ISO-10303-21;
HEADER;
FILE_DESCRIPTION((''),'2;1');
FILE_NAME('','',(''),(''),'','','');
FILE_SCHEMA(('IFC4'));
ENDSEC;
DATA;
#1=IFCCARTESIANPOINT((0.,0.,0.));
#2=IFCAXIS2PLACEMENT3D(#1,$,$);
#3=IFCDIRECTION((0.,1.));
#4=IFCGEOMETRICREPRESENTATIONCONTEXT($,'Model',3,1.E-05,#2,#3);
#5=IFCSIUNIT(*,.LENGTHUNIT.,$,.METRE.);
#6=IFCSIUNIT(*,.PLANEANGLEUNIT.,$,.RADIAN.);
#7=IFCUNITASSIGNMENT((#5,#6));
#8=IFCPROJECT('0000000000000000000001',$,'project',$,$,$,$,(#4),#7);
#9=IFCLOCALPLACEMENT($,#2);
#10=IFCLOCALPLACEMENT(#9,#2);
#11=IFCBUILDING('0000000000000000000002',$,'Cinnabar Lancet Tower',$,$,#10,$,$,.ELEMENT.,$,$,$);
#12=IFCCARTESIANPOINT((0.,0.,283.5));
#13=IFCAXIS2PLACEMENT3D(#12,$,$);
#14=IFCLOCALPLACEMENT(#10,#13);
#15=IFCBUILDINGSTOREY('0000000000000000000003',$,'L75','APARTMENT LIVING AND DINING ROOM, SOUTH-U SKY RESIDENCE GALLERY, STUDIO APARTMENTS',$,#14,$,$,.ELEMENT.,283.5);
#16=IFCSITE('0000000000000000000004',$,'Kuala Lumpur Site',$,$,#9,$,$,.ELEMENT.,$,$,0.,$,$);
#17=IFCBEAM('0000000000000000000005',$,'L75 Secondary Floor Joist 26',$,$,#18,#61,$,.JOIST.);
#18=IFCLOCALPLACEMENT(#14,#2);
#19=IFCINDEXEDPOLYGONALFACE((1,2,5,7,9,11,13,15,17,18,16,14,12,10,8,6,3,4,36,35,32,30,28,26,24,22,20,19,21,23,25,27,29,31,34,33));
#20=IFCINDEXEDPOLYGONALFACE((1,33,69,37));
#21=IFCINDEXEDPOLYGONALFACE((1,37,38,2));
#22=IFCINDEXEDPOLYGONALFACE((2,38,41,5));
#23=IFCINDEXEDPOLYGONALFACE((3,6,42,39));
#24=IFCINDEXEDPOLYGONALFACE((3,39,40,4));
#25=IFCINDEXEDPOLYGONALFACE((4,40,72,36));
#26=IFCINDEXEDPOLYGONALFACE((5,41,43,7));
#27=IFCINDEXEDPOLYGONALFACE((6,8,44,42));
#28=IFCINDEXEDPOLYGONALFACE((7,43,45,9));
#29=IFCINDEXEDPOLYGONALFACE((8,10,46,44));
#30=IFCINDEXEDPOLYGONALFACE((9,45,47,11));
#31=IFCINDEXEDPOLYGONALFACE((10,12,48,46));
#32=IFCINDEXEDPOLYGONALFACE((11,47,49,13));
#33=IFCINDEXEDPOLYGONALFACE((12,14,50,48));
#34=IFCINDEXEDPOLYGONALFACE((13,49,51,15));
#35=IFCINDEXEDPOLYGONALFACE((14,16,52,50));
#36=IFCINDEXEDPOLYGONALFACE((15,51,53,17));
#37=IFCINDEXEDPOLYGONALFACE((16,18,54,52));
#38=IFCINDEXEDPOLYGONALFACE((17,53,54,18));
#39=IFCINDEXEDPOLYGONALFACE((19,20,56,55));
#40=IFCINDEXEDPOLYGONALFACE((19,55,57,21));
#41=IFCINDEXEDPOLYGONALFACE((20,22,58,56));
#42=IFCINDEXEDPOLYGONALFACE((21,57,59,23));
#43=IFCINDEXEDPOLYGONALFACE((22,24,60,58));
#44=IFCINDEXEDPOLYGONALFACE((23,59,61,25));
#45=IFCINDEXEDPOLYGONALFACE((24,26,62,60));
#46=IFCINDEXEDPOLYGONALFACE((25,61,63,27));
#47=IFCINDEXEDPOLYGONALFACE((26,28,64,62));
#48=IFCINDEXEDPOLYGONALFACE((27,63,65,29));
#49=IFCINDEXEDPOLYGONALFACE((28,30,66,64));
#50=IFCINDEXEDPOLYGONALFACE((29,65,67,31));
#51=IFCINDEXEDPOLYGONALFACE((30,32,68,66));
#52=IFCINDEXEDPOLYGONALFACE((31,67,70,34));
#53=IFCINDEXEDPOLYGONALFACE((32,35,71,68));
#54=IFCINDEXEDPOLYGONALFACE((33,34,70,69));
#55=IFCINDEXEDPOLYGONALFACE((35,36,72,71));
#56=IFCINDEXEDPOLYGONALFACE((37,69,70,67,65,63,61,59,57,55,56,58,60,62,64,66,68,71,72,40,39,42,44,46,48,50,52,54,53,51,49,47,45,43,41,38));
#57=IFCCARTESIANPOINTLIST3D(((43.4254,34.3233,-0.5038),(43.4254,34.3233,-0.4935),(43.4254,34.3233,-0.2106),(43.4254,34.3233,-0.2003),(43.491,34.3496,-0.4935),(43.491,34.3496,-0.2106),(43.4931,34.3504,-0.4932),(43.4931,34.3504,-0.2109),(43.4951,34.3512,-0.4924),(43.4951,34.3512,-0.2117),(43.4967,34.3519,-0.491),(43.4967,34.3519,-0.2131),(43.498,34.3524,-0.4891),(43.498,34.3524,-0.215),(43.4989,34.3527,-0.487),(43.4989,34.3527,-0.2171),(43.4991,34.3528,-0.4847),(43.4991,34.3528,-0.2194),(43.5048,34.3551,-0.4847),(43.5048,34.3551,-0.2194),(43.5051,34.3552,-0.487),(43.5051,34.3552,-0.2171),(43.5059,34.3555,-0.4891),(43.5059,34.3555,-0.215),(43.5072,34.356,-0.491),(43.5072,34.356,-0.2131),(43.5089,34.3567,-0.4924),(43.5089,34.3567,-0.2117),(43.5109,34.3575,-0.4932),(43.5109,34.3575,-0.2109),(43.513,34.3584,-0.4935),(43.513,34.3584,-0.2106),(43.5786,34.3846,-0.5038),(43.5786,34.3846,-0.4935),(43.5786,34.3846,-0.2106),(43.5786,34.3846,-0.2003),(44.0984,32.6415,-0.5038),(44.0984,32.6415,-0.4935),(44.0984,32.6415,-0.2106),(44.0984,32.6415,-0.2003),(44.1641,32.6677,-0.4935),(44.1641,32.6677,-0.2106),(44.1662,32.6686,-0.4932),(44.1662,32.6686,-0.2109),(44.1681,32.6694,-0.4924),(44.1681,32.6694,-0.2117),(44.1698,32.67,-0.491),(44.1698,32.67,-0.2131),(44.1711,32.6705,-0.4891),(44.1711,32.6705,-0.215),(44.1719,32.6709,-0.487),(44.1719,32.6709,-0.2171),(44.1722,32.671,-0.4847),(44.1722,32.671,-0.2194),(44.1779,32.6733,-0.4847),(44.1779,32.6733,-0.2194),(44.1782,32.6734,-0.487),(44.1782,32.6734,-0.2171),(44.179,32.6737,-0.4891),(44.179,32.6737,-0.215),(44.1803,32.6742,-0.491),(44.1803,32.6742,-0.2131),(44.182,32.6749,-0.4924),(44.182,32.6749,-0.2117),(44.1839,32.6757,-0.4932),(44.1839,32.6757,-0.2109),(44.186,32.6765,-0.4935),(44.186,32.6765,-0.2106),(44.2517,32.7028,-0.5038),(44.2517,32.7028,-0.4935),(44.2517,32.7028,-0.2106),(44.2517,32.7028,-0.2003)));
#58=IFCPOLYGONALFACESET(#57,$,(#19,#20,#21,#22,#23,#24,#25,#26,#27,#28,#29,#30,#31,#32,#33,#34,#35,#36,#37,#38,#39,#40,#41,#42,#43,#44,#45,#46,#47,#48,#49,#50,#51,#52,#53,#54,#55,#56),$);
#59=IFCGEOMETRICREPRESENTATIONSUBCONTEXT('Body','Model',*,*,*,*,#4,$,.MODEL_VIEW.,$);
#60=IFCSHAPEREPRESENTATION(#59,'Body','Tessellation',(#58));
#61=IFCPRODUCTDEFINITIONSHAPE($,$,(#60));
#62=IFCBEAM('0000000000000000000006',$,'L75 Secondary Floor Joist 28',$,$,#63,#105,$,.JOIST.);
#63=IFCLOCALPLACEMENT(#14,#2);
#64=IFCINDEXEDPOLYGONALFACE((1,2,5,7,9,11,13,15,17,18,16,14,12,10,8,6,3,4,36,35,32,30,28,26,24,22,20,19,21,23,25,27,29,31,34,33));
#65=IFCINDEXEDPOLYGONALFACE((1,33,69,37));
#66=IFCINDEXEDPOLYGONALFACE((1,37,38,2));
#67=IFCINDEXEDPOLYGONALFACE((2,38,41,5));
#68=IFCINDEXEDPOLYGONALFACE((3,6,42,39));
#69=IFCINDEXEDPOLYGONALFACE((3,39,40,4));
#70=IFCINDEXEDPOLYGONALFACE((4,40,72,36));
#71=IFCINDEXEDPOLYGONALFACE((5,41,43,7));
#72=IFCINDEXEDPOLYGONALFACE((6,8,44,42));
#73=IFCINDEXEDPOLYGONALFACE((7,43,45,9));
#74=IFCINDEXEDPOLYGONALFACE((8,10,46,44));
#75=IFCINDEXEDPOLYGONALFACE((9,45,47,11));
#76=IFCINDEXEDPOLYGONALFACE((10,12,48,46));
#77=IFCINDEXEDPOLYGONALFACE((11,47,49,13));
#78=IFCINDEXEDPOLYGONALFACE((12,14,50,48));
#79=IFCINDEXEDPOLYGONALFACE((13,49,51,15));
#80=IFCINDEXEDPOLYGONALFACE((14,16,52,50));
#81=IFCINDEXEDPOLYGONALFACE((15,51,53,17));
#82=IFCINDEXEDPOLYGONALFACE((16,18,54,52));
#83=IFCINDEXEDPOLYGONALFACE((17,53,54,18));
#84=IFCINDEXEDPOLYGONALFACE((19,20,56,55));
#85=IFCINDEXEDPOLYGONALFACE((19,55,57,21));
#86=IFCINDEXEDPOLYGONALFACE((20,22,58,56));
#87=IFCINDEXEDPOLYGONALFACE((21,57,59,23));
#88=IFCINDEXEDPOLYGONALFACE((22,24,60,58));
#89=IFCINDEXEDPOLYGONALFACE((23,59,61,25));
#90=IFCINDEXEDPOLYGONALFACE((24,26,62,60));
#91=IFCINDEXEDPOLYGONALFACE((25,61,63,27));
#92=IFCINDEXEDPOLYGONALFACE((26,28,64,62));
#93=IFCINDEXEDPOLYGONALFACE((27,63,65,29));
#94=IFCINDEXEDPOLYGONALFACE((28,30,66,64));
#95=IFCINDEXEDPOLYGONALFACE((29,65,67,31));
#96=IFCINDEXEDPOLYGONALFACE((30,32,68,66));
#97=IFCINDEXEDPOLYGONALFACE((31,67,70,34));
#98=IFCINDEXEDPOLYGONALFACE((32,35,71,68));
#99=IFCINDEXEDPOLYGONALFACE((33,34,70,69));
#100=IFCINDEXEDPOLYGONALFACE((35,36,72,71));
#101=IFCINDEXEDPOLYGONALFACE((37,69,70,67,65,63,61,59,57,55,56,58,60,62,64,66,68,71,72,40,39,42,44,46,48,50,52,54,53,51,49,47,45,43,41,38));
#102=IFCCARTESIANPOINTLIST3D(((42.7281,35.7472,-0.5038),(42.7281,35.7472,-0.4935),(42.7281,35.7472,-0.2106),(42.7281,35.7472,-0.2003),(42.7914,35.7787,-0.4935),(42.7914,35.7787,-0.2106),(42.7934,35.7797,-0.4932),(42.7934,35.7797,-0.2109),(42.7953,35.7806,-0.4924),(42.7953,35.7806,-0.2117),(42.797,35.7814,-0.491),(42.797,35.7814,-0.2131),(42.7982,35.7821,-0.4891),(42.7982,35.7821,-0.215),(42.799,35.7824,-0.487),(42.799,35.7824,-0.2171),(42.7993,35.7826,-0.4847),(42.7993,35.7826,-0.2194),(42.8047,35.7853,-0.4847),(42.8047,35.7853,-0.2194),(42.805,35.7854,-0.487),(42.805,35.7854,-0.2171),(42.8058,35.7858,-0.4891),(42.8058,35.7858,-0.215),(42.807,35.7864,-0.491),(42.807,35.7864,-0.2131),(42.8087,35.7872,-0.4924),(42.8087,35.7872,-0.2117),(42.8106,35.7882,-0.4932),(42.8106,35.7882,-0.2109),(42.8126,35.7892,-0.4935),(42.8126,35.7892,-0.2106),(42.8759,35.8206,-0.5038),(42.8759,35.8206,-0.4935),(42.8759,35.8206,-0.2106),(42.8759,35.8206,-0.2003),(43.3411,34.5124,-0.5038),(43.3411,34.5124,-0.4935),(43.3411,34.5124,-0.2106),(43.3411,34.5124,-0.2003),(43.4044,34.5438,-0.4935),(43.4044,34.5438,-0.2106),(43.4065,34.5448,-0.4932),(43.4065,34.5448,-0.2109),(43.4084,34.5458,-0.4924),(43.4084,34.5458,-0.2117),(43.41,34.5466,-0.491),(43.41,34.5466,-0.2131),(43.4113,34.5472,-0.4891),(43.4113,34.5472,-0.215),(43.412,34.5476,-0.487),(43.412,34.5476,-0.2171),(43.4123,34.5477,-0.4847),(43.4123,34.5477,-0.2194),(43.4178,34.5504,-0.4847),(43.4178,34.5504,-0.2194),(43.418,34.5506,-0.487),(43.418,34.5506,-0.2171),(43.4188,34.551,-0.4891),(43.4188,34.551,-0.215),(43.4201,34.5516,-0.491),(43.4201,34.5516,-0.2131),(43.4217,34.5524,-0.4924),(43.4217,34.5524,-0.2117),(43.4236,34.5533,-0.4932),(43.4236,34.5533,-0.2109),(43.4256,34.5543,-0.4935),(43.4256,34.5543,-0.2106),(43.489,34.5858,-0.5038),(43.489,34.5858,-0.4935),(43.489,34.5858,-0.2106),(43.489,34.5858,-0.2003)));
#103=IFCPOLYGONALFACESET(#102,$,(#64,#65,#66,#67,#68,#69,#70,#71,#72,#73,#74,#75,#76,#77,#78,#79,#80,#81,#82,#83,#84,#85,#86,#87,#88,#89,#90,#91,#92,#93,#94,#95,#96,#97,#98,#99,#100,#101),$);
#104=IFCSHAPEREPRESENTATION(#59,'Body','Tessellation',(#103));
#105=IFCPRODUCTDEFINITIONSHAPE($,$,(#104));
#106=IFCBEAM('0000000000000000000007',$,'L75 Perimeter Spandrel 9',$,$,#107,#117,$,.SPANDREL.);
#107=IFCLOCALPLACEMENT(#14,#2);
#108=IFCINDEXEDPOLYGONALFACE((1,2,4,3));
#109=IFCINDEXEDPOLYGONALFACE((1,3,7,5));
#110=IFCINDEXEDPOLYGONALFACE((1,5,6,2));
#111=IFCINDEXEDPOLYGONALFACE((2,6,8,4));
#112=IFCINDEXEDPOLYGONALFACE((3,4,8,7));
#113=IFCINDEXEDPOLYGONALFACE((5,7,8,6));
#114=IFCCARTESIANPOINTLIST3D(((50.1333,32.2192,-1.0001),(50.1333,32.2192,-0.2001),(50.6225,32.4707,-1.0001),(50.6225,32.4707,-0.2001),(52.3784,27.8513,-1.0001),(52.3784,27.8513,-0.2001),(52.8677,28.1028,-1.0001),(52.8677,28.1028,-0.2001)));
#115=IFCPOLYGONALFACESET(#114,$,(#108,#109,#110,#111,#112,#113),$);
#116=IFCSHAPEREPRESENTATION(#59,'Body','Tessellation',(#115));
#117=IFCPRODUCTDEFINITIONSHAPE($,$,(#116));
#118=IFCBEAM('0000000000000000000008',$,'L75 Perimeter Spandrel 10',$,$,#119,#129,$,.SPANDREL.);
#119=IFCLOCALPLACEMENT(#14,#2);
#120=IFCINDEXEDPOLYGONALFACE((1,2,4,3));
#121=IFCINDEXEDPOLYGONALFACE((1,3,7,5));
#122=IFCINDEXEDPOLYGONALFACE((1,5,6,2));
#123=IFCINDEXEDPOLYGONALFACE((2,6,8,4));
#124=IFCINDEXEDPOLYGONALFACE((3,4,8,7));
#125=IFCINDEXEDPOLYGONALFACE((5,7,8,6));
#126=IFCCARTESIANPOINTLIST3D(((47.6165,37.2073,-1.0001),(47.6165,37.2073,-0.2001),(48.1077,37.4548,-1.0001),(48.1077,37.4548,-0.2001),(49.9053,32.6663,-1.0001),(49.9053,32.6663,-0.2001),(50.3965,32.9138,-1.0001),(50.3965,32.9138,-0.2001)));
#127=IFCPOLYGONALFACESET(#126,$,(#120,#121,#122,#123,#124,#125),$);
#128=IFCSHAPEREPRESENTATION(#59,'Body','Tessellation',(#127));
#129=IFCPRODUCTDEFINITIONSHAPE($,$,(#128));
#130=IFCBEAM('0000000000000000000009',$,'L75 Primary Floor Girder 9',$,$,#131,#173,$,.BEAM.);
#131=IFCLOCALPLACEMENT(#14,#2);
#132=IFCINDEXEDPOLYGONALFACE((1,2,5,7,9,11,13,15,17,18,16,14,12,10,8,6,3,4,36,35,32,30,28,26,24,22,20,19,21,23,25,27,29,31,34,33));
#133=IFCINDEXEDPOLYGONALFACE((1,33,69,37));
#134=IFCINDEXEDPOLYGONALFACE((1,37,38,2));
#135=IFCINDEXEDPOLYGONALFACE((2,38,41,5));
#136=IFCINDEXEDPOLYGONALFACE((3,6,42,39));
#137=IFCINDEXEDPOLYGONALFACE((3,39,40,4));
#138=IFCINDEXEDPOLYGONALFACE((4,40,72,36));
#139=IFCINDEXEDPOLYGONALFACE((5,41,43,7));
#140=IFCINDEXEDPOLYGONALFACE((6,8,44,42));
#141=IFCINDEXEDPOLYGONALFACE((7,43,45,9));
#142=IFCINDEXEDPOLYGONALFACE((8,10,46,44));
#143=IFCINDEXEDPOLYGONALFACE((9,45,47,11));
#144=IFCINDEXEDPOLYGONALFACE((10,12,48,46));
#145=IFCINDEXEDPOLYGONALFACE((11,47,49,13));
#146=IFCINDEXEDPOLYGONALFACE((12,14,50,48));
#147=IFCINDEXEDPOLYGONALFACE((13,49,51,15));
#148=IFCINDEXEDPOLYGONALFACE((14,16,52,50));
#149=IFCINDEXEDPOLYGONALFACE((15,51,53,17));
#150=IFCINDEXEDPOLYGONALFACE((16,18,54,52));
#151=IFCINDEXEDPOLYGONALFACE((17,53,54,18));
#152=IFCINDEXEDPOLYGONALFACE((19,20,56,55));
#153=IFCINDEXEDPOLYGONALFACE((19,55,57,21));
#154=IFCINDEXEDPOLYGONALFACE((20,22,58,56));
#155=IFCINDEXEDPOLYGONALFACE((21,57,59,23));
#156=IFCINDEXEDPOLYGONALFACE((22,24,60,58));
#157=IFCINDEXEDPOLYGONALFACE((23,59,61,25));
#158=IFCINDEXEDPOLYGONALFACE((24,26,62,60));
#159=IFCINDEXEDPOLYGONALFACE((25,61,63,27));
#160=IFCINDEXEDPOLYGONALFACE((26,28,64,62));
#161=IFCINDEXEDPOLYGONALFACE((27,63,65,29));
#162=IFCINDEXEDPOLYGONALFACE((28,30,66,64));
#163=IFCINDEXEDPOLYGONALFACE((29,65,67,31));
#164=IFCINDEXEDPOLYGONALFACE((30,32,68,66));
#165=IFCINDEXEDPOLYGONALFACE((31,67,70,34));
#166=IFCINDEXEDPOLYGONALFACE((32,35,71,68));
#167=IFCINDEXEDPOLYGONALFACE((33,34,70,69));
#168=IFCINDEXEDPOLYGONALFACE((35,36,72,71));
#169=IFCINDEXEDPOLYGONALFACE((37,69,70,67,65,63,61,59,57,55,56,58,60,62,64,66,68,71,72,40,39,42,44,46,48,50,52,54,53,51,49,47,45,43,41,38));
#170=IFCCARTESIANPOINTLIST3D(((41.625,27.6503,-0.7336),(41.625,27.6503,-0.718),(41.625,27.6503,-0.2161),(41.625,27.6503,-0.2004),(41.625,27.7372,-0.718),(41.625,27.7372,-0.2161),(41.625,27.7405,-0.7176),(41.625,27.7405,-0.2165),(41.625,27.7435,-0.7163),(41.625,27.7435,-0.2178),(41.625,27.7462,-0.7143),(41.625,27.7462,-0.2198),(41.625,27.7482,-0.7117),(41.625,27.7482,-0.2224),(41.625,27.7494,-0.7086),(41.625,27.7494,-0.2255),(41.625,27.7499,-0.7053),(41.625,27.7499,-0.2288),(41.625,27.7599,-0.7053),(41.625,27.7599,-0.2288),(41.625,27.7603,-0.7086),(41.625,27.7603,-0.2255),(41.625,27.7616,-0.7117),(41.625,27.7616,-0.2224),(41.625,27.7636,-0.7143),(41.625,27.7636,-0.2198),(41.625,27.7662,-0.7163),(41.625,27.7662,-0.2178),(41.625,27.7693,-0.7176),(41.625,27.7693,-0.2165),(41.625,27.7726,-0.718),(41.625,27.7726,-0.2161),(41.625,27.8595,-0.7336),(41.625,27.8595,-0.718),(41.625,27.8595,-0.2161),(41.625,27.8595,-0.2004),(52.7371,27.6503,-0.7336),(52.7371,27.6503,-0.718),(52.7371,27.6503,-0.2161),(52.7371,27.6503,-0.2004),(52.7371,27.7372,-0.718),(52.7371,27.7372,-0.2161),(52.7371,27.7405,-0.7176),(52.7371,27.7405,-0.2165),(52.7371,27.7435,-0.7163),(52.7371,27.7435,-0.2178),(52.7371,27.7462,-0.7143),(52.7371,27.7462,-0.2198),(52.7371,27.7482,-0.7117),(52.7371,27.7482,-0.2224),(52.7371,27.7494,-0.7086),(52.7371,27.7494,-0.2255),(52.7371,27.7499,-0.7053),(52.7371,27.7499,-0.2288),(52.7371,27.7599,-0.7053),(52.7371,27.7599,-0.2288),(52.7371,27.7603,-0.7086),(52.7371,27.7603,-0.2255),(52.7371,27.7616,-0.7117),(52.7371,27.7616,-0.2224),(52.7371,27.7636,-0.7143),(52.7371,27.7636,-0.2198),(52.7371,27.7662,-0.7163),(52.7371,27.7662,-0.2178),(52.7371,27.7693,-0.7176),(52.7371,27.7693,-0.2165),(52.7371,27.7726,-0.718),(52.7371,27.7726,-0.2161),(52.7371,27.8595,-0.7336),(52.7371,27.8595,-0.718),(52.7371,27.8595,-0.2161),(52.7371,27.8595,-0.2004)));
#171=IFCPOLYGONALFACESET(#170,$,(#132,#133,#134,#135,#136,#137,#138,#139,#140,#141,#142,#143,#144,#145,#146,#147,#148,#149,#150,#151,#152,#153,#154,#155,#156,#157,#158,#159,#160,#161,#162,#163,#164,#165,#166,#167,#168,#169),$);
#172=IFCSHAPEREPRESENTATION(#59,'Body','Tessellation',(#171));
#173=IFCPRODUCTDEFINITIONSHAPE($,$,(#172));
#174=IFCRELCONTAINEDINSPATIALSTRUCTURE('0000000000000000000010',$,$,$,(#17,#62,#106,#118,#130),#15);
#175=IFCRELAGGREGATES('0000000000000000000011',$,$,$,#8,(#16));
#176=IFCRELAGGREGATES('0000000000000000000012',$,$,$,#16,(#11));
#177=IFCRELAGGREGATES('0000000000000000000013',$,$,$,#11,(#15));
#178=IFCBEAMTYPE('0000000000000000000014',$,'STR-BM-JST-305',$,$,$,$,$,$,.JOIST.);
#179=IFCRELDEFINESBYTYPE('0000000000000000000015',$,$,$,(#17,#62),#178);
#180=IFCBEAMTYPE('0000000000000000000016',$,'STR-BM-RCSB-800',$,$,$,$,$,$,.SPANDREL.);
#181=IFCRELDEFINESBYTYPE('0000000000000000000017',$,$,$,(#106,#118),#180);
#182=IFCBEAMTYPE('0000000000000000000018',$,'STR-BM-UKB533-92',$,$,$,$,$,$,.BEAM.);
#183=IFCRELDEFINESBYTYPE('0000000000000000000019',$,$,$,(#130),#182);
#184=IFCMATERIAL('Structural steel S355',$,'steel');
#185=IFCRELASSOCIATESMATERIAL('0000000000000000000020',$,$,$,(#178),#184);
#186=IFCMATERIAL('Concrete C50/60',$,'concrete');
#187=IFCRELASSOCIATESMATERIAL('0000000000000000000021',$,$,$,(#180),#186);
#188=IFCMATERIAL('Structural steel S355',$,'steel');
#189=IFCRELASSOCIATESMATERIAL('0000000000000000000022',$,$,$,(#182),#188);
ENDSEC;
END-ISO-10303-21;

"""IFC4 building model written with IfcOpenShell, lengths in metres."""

from ifc_helpers import new_model, si_unit, direction, frame, origin, origin_2d, place, context, subcontext, project, spatial, rectangle, i_section, extrude, material, material_profile, profile_set, type_object, element, save


model = new_model("IFC4")

# Units and contexts
model_context = context("Model", 3, precision=1e-05, world=origin(), true_north=direction((0.0, 1.0)))
body_context = subcontext(model_context, "Body", "Model", "MODEL_VIEW")
ifc_project = project(units=[si_unit("LENGTHUNIT", "METRE"), si_unit("PLANEANGLEUNIT", "RADIAN")], contexts=[model_context])

# Site, building, storey
site_placement = place(None, origin())
site = spatial("IfcSite", under=ifc_project, at=site_placement, Name="Kuala Lumpur Site", CompositionType="ELEMENT", RefElevation=0.0)
building_placement = place(site_placement, origin())
building = spatial("IfcBuilding", under=site, at=building_placement, Name="Cinnabar Lancet Tower", CompositionType="ELEMENT")
storey_placement = place(building_placement, frame((0.0, 0.0, 283.5)))
storey = spatial("IfcBuildingStorey", under=building, at=storey_placement, Name="L75", Description="APARTMENT LIVING AND DINING ROOM, SOUTH-U SKY RESIDENCE GALLERY, STUDIO APARTMENTS", CompositionType="ELEMENT", Elevation=283.5)

# Beams
ifc_material_1 = material(Name="Structural steel S355", Category="steel")
ifc_material_profile_1 = material_profile(ifc_material_1, i_section(OverallWidth=0.165, OverallDepth=0.3035, WebThickness=0.0061, FlangeThickness=0.0103, FilletRadius=0.0088, at=origin_2d()), Name="UKB 305x165x40")
ifc_profile_set_1 = profile_set([ifc_material_profile_1], Name="Structural steel S355")
beam_type_1 = type_object("IfcBeamType", Name="STR-BM-JST-305", PredefinedType="JOIST", material=ifc_profile_set_1)
beam_1_placement = place(storey_placement, frame((44.175, 32.6721, -0.3521), z_axis=(-0.371553, 0.928412, 0.0), x_axis=(-0.928412, -0.371553, 0.0)))
element("IfcBeam", 1, at=beam_1_placement, inside=storey, type_object=beam_type_1, Name="L75 Secondary Floor Joist 26", PredefinedType="JOIST", context=body_context, shape_type="SweptSolid", body=[
    extrude(i_section(OverallWidth=0.165, OverallDepth=0.3035, WebThickness=0.0061, FlangeThickness=0.0103, FilletRadius=0.0088, at=origin_2d()), origin(), (0.0, 0.0, 1.0), 1.8115),
])
beam_2_placement = place(storey_placement, frame((43.415, 34.5491, -0.3521), z_axis=(-0.444662, 0.895699, 0.0), x_axis=(-0.895699, -0.444662, 0.0)))
element("IfcBeam", 2, at=beam_2_placement, inside=storey, type_object=beam_type_1, Name="L75 Secondary Floor Joist 28", PredefinedType="JOIST", context=body_context, shape_type="SweptSolid", body=[
    extrude(i_section(OverallWidth=0.165, OverallDepth=0.3035, WebThickness=0.0061, FlangeThickness=0.0103, FilletRadius=0.0088, at=origin_2d()), origin(), (0.0, 0.0, 1.0), 1.3787),
])
ifc_material_2 = material(Name="Concrete C50/60", Category="concrete")
ifc_material_profile_2 = material_profile(ifc_material_2, rectangle(XDim=0.55, YDim=0.8, at=origin_2d()), Name="RC-SB 550x800")
ifc_profile_set_2 = profile_set([ifc_material_profile_2], Name="Concrete C50/60")
beam_type_2 = type_object("IfcBeamType", Name="STR-BM-RCSB-800", PredefinedType="SPANDREL", material=ifc_profile_set_2)
beam_3_placement = place(storey_placement, frame((52.623, 27.9771, -0.6001), z_axis=(-0.457148, 0.889391, 0.0), x_axis=(-0.889391, -0.457148, 0.0)))
element("IfcBeam", 3, at=beam_3_placement, inside=storey, type_object=beam_type_2, Name="L75 Perimeter Spandrel 9", PredefinedType="SPANDREL", context=body_context, shape_type="SweptSolid", body=[
    extrude(rectangle(XDim=0.55, YDim=0.8, at=origin_2d()), origin(), (0.0, 0.0, 1.0), 4.9111),
])
beam_4_placement = place(storey_placement, frame((50.1509, 32.79, -0.6001), z_axis=(-0.450092, 0.892982, 0.0), x_axis=(-0.892982, -0.450092, 0.0)))
element("IfcBeam", 4, at=beam_4_placement, inside=storey, type_object=beam_type_2, Name="L75 Perimeter Spandrel 10", PredefinedType="SPANDREL", context=body_context, shape_type="SweptSolid", body=[
    extrude(rectangle(XDim=0.55, YDim=0.8, at=origin_2d()), origin(), (0.0, 0.0, 1.0), 5.0852),
])
ifc_material_3 = material(Name="Structural steel S355", Category="steel")
ifc_material_profile_3 = material_profile(ifc_material_3, i_section(OverallWidth=0.2092, OverallDepth=0.5332, WebThickness=0.01, FlangeThickness=0.0156, FilletRadius=0.0127, at=origin_2d()), Name="UKB 533x210x92")
ifc_profile_set_3 = profile_set([ifc_material_profile_3], Name="Structural steel S355")
beam_type_3 = type_object("IfcBeamType", Name="STR-BM-UKB533-92", PredefinedType="BEAM", material=ifc_profile_set_3)
beam_5_placement = place(storey_placement, frame((52.7371, 27.7549, -0.467), z_axis=(-1.0, 0.0, 0.0), x_axis=(0.0, -1.0, 0.0)))
element("IfcBeam", 5, at=beam_5_placement, inside=storey, type_object=beam_type_3, Name="L75 Primary Floor Girder 9", PredefinedType="BEAM", context=body_context, shape_type="SweptSolid", body=[
    extrude(i_section(OverallWidth=0.2092, OverallDepth=0.5332, WebThickness=0.01, FlangeThickness=0.0156, FilletRadius=0.0127, at=origin_2d()), origin(), (0.0, 0.0, 1.0), 11.1121),
])

save(model, "model.ifc")
